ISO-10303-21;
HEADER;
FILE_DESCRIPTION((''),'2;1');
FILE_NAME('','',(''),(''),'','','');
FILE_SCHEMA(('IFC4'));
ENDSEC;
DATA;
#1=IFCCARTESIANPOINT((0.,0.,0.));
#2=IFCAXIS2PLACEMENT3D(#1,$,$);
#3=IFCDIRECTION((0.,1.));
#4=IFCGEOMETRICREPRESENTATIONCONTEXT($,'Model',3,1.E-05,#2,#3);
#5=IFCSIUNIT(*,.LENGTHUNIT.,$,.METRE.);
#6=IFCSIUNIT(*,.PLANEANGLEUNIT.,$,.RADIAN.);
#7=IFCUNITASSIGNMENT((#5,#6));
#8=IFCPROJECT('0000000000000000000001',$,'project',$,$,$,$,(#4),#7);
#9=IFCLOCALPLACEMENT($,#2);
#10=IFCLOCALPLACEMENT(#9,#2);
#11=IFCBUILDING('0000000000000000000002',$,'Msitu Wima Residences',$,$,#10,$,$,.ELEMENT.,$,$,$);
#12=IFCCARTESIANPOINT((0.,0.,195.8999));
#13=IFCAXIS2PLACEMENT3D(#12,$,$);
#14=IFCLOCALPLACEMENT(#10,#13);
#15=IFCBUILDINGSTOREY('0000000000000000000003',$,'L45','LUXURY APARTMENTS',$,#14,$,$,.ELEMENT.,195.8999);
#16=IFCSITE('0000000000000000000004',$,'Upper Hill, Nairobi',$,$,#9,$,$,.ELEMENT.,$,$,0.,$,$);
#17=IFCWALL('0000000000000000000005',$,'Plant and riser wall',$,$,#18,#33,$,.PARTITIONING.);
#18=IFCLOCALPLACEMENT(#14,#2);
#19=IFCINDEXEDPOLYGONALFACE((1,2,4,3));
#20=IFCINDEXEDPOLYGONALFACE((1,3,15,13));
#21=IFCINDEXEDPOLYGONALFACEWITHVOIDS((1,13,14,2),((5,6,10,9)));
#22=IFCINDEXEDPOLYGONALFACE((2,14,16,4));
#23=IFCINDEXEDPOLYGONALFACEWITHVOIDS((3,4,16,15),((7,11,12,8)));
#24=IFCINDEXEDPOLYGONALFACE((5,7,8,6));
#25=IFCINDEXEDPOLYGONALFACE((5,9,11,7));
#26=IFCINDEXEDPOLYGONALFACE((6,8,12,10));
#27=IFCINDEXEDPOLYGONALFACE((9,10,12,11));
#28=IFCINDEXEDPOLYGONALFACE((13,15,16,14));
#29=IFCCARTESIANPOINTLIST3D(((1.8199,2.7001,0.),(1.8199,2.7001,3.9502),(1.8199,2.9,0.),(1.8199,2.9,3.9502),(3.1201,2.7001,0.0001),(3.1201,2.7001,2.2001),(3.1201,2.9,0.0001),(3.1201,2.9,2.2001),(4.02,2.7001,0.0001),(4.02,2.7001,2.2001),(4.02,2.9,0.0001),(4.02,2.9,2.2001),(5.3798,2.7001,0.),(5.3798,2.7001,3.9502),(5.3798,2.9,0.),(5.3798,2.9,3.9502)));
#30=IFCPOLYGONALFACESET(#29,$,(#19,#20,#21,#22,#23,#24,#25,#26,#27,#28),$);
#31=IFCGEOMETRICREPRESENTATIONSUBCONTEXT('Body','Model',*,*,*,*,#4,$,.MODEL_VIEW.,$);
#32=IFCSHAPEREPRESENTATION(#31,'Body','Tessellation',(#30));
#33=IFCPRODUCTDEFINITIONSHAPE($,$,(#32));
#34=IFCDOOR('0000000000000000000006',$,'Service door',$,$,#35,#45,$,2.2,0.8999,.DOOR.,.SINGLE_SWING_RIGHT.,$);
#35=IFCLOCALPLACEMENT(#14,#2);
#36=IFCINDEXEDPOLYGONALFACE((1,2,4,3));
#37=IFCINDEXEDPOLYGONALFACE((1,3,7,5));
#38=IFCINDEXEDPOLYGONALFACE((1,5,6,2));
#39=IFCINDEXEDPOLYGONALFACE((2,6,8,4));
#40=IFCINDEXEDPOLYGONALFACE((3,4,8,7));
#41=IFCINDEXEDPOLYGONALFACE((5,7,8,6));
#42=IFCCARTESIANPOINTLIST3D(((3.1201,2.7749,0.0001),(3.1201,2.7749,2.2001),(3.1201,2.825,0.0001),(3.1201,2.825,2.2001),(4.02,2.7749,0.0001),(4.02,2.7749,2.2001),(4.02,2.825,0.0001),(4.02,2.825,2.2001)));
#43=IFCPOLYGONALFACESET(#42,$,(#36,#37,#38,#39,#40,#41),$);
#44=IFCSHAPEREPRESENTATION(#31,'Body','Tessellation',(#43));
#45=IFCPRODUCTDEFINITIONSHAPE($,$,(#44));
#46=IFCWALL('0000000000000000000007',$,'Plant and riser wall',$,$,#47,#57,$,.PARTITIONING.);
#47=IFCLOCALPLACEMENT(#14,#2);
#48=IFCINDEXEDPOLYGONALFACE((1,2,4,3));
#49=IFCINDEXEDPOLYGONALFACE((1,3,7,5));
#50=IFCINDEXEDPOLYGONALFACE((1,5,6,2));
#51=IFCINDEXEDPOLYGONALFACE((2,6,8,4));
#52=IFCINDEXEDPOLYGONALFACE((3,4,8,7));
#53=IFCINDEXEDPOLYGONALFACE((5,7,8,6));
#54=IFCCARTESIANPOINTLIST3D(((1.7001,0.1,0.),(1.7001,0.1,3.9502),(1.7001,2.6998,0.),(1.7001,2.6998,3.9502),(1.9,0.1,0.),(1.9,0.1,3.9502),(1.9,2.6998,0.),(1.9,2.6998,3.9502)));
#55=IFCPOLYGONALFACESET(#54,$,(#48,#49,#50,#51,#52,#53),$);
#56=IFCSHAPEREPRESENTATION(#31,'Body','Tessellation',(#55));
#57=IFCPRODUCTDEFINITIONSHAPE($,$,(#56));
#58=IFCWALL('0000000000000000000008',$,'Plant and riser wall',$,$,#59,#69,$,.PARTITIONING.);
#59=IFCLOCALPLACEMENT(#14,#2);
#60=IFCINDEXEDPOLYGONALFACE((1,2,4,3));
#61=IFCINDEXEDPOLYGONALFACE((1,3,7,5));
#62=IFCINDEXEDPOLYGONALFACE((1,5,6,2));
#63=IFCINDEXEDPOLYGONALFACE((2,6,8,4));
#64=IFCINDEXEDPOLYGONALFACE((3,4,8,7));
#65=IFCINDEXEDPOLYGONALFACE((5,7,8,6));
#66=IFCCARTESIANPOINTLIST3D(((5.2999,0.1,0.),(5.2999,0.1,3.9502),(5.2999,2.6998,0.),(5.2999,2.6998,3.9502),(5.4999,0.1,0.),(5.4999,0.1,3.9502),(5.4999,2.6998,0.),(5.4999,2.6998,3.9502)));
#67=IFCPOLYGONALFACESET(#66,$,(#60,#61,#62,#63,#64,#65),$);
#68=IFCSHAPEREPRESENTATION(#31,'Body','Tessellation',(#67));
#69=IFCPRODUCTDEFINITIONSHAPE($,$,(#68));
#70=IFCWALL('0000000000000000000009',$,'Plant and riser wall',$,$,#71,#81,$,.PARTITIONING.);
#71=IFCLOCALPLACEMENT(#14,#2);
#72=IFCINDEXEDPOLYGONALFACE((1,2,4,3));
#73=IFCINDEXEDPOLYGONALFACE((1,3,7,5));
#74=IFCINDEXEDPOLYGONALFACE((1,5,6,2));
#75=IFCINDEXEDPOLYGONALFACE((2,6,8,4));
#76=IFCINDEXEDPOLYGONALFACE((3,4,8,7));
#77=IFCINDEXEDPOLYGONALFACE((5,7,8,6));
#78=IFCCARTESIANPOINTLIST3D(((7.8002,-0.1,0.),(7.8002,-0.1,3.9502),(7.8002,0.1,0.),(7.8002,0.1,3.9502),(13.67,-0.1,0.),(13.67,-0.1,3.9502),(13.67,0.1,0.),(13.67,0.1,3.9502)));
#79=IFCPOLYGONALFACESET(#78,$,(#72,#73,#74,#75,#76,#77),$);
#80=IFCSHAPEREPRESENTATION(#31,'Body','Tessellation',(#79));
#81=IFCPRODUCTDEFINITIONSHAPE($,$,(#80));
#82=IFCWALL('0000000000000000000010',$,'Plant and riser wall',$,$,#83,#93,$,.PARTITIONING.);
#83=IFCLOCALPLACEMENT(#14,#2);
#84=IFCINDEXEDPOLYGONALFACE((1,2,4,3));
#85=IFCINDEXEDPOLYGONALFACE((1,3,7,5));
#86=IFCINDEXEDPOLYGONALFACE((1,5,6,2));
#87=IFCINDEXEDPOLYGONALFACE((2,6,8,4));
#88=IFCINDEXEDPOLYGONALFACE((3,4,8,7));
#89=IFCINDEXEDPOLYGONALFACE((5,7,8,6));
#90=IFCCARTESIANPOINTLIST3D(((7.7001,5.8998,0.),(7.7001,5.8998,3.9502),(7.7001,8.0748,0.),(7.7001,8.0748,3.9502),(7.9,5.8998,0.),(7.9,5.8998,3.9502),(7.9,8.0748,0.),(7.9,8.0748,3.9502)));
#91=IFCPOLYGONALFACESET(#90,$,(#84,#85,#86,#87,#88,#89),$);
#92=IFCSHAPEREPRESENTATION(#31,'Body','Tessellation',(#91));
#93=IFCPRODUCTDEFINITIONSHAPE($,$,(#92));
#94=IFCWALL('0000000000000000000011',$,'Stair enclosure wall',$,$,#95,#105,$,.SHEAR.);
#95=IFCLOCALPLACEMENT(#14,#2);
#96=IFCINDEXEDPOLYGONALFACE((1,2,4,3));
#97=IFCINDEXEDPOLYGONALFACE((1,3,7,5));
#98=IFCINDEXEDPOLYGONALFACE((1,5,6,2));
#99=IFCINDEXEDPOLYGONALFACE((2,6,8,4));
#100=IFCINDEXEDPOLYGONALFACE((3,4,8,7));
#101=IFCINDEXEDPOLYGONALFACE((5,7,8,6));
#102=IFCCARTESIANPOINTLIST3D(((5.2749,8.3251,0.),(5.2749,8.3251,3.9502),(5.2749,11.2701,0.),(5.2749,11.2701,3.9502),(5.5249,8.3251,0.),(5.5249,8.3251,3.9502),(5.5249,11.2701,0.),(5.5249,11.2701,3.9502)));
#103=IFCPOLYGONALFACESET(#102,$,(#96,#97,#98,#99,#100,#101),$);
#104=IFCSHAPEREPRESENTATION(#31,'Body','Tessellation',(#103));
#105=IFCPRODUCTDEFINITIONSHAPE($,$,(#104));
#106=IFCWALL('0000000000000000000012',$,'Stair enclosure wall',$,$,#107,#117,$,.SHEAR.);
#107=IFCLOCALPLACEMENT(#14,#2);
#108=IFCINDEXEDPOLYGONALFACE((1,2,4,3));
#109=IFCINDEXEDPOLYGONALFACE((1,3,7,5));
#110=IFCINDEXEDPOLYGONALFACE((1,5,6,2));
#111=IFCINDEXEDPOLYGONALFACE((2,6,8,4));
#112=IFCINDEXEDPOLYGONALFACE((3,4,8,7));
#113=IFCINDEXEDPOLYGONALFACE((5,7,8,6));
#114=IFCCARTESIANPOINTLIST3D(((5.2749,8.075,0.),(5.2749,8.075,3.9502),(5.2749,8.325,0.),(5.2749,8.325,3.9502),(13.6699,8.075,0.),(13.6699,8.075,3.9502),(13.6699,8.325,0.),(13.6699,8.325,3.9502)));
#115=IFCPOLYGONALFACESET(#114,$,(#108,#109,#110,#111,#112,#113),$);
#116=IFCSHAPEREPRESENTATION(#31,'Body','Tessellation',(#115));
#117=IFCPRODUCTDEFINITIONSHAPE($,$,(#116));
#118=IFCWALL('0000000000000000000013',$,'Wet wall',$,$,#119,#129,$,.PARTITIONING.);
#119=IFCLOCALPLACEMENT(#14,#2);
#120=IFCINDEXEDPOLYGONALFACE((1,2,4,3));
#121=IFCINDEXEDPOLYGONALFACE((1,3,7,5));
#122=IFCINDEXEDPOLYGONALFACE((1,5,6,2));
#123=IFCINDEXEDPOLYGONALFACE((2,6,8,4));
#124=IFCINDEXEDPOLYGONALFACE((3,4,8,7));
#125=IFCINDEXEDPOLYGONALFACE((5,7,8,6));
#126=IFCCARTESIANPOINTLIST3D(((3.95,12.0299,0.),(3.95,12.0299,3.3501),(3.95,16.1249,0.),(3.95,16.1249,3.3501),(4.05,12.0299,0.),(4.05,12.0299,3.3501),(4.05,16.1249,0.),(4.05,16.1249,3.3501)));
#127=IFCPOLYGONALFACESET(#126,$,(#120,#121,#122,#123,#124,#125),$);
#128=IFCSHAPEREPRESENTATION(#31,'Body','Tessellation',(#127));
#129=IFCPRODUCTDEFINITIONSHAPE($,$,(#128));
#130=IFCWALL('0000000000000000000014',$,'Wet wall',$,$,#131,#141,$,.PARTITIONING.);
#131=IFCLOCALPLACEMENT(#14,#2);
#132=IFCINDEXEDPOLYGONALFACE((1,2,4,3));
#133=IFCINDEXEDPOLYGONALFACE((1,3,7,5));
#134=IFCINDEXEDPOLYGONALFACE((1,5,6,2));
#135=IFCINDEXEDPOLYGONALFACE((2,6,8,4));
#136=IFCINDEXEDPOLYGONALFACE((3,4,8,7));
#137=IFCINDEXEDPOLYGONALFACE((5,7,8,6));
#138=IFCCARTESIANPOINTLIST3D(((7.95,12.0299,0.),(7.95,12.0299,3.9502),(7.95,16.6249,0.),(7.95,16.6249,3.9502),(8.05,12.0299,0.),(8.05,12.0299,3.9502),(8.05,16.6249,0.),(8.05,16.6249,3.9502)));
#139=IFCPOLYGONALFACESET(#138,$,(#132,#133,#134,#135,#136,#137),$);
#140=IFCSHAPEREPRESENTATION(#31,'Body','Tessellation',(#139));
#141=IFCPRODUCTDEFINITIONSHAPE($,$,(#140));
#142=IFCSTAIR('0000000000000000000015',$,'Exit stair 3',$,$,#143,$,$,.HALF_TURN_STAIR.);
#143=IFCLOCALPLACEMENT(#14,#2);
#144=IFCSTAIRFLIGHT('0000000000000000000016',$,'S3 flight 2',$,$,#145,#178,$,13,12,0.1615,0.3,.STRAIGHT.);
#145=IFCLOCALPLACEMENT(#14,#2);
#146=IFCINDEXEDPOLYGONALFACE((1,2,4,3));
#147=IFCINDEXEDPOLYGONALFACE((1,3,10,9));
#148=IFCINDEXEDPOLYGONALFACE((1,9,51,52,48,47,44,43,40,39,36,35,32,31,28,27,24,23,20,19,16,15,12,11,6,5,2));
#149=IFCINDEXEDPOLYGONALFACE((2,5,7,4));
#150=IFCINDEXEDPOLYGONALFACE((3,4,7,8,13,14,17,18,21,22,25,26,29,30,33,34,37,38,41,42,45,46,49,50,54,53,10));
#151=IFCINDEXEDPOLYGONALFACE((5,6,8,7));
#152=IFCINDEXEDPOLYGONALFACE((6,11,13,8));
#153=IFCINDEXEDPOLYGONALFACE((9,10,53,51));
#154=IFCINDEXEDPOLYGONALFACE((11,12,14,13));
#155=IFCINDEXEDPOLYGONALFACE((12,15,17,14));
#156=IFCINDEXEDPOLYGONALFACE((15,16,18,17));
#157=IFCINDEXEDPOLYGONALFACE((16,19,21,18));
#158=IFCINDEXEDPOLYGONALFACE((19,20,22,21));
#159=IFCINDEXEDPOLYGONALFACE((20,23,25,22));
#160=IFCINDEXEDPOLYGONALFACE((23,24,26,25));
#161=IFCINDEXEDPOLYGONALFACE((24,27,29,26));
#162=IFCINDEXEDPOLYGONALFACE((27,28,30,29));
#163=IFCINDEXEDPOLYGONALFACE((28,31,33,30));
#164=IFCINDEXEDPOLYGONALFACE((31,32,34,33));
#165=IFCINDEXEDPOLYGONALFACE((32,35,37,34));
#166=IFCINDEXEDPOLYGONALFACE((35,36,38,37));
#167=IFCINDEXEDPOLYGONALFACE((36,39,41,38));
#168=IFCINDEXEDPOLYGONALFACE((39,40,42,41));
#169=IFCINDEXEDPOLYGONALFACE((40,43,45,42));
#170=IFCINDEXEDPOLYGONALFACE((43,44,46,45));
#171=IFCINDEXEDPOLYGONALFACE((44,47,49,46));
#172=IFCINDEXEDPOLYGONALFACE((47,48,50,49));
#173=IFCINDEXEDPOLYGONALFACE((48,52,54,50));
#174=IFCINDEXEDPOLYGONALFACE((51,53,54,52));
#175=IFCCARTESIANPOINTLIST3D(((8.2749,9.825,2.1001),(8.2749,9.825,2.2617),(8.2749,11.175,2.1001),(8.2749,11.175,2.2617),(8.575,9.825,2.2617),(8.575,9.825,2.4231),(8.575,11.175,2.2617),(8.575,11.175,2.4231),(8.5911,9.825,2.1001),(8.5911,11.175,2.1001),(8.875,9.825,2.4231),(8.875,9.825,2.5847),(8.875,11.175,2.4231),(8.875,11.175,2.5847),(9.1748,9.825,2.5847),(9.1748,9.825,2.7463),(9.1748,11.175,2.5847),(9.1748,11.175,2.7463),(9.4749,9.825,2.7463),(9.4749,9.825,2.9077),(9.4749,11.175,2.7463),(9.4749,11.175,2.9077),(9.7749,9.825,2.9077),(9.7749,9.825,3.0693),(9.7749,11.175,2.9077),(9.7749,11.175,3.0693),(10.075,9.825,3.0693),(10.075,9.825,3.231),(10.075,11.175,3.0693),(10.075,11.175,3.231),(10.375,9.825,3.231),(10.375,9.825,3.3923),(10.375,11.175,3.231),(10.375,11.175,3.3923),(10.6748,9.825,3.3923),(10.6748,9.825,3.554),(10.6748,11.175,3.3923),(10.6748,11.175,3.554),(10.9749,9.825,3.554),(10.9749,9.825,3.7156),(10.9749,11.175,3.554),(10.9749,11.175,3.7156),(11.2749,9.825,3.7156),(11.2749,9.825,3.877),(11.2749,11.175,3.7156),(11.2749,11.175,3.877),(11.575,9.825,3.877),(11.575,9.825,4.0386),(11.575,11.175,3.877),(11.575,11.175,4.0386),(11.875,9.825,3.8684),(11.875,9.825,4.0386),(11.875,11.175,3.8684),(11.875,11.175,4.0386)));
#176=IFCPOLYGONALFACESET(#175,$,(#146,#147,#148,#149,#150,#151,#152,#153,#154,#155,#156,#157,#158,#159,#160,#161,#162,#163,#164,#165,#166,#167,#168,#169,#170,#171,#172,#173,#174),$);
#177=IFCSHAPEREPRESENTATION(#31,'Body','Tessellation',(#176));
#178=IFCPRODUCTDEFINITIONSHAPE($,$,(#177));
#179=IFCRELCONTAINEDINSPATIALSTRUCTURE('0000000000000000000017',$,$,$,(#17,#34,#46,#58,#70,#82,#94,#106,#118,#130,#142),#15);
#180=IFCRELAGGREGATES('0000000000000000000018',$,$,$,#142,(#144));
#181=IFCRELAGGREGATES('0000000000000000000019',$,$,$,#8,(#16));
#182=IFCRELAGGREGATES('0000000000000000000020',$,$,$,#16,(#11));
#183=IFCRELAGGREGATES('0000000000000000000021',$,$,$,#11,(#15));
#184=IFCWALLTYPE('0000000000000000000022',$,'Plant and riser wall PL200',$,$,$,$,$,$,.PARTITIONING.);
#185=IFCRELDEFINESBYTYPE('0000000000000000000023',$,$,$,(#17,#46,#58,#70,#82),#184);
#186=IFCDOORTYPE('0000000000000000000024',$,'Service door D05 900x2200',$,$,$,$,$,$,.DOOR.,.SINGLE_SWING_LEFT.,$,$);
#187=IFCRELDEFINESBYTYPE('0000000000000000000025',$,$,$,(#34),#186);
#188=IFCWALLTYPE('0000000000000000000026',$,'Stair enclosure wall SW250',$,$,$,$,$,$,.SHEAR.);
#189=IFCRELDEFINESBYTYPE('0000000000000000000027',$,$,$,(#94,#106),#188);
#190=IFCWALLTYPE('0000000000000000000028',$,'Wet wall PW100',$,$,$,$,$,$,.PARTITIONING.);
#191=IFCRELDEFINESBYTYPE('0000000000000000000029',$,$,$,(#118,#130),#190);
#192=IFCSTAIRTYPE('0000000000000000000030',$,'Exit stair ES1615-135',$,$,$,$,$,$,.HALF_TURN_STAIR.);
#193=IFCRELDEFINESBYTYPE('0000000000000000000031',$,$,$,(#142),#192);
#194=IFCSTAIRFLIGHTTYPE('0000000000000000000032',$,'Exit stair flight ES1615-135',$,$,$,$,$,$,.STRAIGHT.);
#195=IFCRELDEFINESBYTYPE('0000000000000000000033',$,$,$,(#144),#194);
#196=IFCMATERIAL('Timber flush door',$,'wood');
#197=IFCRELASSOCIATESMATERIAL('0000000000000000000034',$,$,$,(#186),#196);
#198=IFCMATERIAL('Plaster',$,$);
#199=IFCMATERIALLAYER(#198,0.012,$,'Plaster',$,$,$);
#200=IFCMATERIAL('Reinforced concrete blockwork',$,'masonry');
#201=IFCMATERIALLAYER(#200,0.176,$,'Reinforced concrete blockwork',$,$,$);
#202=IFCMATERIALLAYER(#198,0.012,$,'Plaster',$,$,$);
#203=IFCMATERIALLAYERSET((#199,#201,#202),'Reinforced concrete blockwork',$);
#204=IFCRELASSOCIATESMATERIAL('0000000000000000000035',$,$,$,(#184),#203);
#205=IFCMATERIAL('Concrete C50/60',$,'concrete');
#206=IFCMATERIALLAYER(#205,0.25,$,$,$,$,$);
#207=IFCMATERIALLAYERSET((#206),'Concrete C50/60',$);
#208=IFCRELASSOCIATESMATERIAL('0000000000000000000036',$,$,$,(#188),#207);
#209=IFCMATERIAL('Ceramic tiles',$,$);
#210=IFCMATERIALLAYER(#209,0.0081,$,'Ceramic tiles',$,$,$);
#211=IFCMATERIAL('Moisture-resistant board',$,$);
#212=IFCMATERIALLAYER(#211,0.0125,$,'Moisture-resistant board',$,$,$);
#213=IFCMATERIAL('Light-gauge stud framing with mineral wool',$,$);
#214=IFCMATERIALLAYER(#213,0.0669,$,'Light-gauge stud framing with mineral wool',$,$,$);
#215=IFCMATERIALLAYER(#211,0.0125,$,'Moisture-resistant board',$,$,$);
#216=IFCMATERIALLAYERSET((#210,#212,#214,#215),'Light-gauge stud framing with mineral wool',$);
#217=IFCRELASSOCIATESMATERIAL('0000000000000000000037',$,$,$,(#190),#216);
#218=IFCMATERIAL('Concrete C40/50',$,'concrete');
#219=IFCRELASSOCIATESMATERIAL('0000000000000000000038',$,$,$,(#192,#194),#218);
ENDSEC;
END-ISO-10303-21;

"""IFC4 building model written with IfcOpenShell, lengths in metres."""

from ifc_helpers import new_model, si_unit, direction, frame, frame_2d, origin, place, context, subcontext, project, spatial, polyline, rectangle, outline, extrude, material, layer, layer_set, type_object, element, fill, aggregate, save


model = new_model("IFC4")

# Units and contexts
model_context = context("Model", 3, precision=1e-05, world=origin(), true_north=direction((0.0, 1.0)))
body_context = subcontext(model_context, "Body", "Model", "MODEL_VIEW")
ifc_project = project(units=[si_unit("LENGTHUNIT", "METRE"), si_unit("PLANEANGLEUNIT", "RADIAN")], contexts=[model_context])

# Site, building, storey
site_placement = place(None, origin())
site = spatial("IfcSite", under=ifc_project, at=site_placement, Name="Upper Hill, Nairobi", CompositionType="ELEMENT", RefElevation=0.0)
building_placement = place(site_placement, origin())
building = spatial("IfcBuilding", under=site, at=building_placement, Name="Msitu Wima Residences", CompositionType="ELEMENT")
storey_placement = place(building_placement, frame((0.0, 0.0, 195.8999)))
storey = spatial("IfcBuildingStorey", under=building, at=storey_placement, Name="L45", Description="LUXURY APARTMENTS", CompositionType="ELEMENT", Elevation=195.8999)

# Shared definitions
ifc_material_1 = material(Name="Concrete C40/50", Category="concrete")

# Shared definitions
ifc_material_2 = material(Name="Plaster")
ifc_material_3 = material(Name="Timber flush door", Category="wood")
door_type = type_object("IfcDoorType", Name="Service door D05 900x2200", OperationType="SINGLE_SWING_LEFT", PredefinedType="DOOR", material=ifc_material_3)

# Shared definitions
ifc_layer_1 = layer(ifc_material_2, 0.012, Name="Plaster")
ifc_material_4 = material(Name="Reinforced concrete blockwork", Category="masonry")
ifc_layer_2 = layer(ifc_material_4, 0.176, Name="Reinforced concrete blockwork")
ifc_layer_3 = layer(ifc_material_2, 0.012, Name="Plaster")
ifc_layer_set_1 = layer_set([ifc_layer_1, ifc_layer_2, ifc_layer_3], Name="Reinforced concrete blockwork")
wall_type_1 = type_object("IfcWallType", Name="Plant and riser wall PL200", PredefinedType="PARTITIONING", material=ifc_layer_set_1)

# Wall, opening, door
wall_1_placement = place(storey_placement, frame((1.8201, 2.8, 0.0), z_axis=(0.0, 0.0, 1.0), x_axis=(1.0, 0.0, 0.0)))
wall_1 = element("IfcWall", 1, at=wall_1_placement, inside=storey, type_object=wall_type_1, Name="Plant and riser wall", PredefinedType="PARTITIONING", context=body_context, shape_type="SweptSolid", body=[
    extrude(rectangle(XDim=3.5598, YDim=0.2, at=frame_2d((1.7798, 0.0))), origin(), (0.0, 0.0, 1.0), 3.9502),
])
opening_1_placement = place(wall_1_placement, frame((1.3, 0.0, 0.0)))
opening_1 = element("IfcOpeningElement", 2, at=opening_1_placement, cuts=wall_1, PredefinedType="OPENING", context=body_context, shape_type="SweptSolid", body=[
    extrude(rectangle(XDim=0.8999, YDim=2.2, at=frame_2d((0.45, 1.1001))), frame((0.0, 0.1099, 0.0), z_axis=(0.0, -1.0, 0.0), x_axis=(1.0, 0.0, 0.0)), (0.0, 0.0, 1.0), 0.22),
])
door_1_placement = place(opening_1_placement, origin())
door_1 = element("IfcDoor", 3, at=door_1_placement, inside=storey, type_object=door_type, Name="Service door", OperationType="SINGLE_SWING_RIGHT", OverallHeight=2.2, OverallWidth=0.8999, PredefinedType="DOOR", context=body_context, shape_type="SweptSolid", body=[
    extrude(rectangle(XDim=0.8999, YDim=2.2, at=frame_2d((0.45, 1.1001))), frame((0.0, 0.0249, 0.0), z_axis=(0.0, -1.0, 0.0), x_axis=(1.0, 0.0, 0.0)), (0.0, 0.0, 1.0), 0.05),
])
fill(opening_1, door_1)

# Walls
for number, where, z_axis, x_axis, name in (
    (4, (1.8, 0.1001, 0.0), (0.0, 0.0, 1.0), (0.0, 1.0, 0.0), "Plant and riser wall"),
    (5, (5.3999, 0.1001, 0.0), (0.0, 0.0, 1.0), (0.0, 1.0, 0.0), "Plant and riser wall"),
):
    element("IfcWall", number, at=place(storey_placement, frame(where, z_axis=z_axis, x_axis=x_axis)), inside=storey, type_object=wall_type_1, Name=name, PredefinedType="PARTITIONING", context=body_context, shape_type="SweptSolid", body=[
        extrude(rectangle(XDim=2.5999, YDim=0.2, at=frame_2d((1.2998, 0.0))), origin(), (0.0, 0.0, 1.0), 3.9502),
    ])
wall_2_placement = place(storey_placement, frame((7.8, 0.0, 0.0), z_axis=(0.0, 0.0, 1.0), x_axis=(1.0, 0.0, 0.0)))
element("IfcWall", 6, at=wall_2_placement, inside=storey, type_object=wall_type_1, Name="Plant and riser wall", PredefinedType="PARTITIONING", context=body_context, shape_type="SweptSolid", body=[
    extrude(rectangle(XDim=5.8699, YDim=0.2, at=frame_2d((2.9351, 0.0))), origin(), (0.0, 0.0, 1.0), 3.9502),
])
wall_3_placement = place(storey_placement, frame((7.8, 5.8999, 0.0), z_axis=(0.0, 0.0, 1.0), x_axis=(0.0, 1.0, 0.0)))
element("IfcWall", 7, at=wall_3_placement, inside=storey, type_object=wall_type_1, Name="Plant and riser wall", PredefinedType="PARTITIONING", context=body_context, shape_type="SweptSolid", body=[
    extrude(rectangle(XDim=2.175, YDim=0.2, at=frame_2d((1.0874, 0.0))), origin(), (0.0, 0.0, 1.0), 3.9502),
])
ifc_material_5 = material(Name="Concrete C50/60", Category="concrete")
ifc_layer_4 = layer(ifc_material_5, 0.25)
ifc_layer_set_2 = layer_set([ifc_layer_4], Name="Concrete C50/60")
wall_type_2 = type_object("IfcWallType", Name="Stair enclosure wall SW250", PredefinedType="SHEAR", material=ifc_layer_set_2)
wall_4_placement = place(storey_placement, frame((5.3999, 8.325, 0.0), z_axis=(0.0, 0.0, 1.0), x_axis=(0.0, 1.0, 0.0)))
element("IfcWall", 8, at=wall_4_placement, inside=storey, type_object=wall_type_2, Name="Stair enclosure wall", PredefinedType="SHEAR", context=body_context, shape_type="SweptSolid", body=[
    extrude(rectangle(XDim=2.9451, YDim=0.25, at=frame_2d((1.4727, 0.0))), origin(), (0.0, 0.0, 1.0), 3.9502),
])
wall_5_placement = place(storey_placement, frame((5.2749, 8.2, 0.0), z_axis=(0.0, 0.0, 1.0), x_axis=(1.0, 0.0, 0.0)))
element("IfcWall", 9, at=wall_5_placement, inside=storey, type_object=wall_type_2, Name="Stair enclosure wall", PredefinedType="SHEAR", context=body_context, shape_type="SweptSolid", body=[
    extrude(rectangle(XDim=8.395, YDim=0.25, at=frame_2d((4.1975, 0.0))), origin(), (0.0, 0.0, 1.0), 3.9502),
])
ifc_material_6 = material(Name="Ceramic tiles")
ifc_layer_5 = layer(ifc_material_6, 0.0081, Name="Ceramic tiles")
ifc_material_7 = material(Name="Moisture-resistant board")
ifc_layer_6 = layer(ifc_material_7, 0.0125, Name="Moisture-resistant board")
ifc_material_8 = material(Name="Light-gauge stud framing with mineral wool")
ifc_layer_7 = layer(ifc_material_8, 0.0669, Name="Light-gauge stud framing with mineral wool")
ifc_layer_8 = layer(ifc_material_7, 0.0125, Name="Moisture-resistant board")
ifc_layer_set_3 = layer_set([ifc_layer_5, ifc_layer_6, ifc_layer_7, ifc_layer_8], Name="Light-gauge stud framing with mineral wool")
wall_type_3 = type_object("IfcWallType", Name="Wet wall PW100", PredefinedType="PARTITIONING", material=ifc_layer_set_3)
wall_6_placement = place(storey_placement, frame((4.0, 12.03, 0.0), z_axis=(0.0, 0.0, 1.0), x_axis=(0.0, 1.0, 0.0)))
element("IfcWall", 10, at=wall_6_placement, inside=storey, type_object=wall_type_3, Name="Wet wall", PredefinedType="PARTITIONING", context=body_context, shape_type="SweptSolid", body=[
    extrude(rectangle(XDim=4.095, YDim=0.1001, at=frame_2d((2.0474, 0.0))), origin(), (0.0, 0.0, 1.0), 3.3501),
])
wall_7_placement = place(storey_placement, frame((8.0, 12.03, 0.0), z_axis=(0.0, 0.0, 1.0), x_axis=(0.0, 1.0, 0.0)))
element("IfcWall", 11, at=wall_7_placement, inside=storey, type_object=wall_type_3, Name="Wet wall", PredefinedType="PARTITIONING", context=body_context, shape_type="SweptSolid", body=[
    extrude(rectangle(XDim=4.595, YDim=0.1001, at=frame_2d((2.2974, 0.0))), origin(), (0.0, 0.0, 1.0), 3.9502),
])

# Stair, stair flight
stair_type = type_object("IfcStairType", Name="Exit stair ES1615-135", PredefinedType="HALF_TURN_STAIR", material=ifc_material_1)
stair_placement = place(storey_placement, origin())
stair = element("IfcStair", 12, at=stair_placement, inside=storey, type_object=stair_type, Name="Exit stair 3", PredefinedType="HALF_TURN_STAIR")
stair_flight_type = type_object("IfcStairFlightType", Name="Exit stair flight ES1615-135", PredefinedType="STRAIGHT", material=ifc_material_1)
stair_flight_placement = place(storey_placement, frame((8.2749, 10.5, 2.1001), z_axis=(0.0, 0.0, 1.0), x_axis=(1.0, 0.0, 0.0)))
stair_flight = element("IfcStairFlight", 13, at=stair_flight_placement, type_object=stair_flight_type, Name="S3 flight 2", NumberOfRisers=13, NumberOfTreads=12, PredefinedType="STRAIGHT", RiserHeight=0.1615, TreadLength=0.3, context=body_context, shape_type="SweptSolid", body=[
    extrude(outline(polyline([(0.0, 0.0), (0.0, 0.1616), (0.3, 0.1616), (0.3, 0.323), (0.6001, 0.323), (0.6001, 0.4846), (0.8999, 0.4846), (0.8999, 0.6462), (1.2, 0.6462), (1.2, 0.8076), (1.5, 0.8076), (1.5, 0.9692), (1.8, 0.9692), (1.8, 1.1309), (2.1001, 1.1309), (2.1001, 1.2922), (2.3999, 1.2922), (2.3999, 1.4539), (2.7, 1.4539), (2.7, 1.6155), (3.0, 1.6155), (3.0, 1.7769), (3.3, 1.7769), (3.3, 1.9385), (3.6001, 1.9385), (3.6001, 2.1001), (3.6001, 1.7683), (0.3162, 0.0), (0.0, 0.0)])), frame((0.0, 0.675, 0.0), z_axis=(0.0, -1.0, 0.0), x_axis=(1.0, 0.0, 0.0)), (0.0, 0.0, 1.0), 1.3501),
])
aggregate(stair, [stair_flight])

save(model, "model.ifc")
